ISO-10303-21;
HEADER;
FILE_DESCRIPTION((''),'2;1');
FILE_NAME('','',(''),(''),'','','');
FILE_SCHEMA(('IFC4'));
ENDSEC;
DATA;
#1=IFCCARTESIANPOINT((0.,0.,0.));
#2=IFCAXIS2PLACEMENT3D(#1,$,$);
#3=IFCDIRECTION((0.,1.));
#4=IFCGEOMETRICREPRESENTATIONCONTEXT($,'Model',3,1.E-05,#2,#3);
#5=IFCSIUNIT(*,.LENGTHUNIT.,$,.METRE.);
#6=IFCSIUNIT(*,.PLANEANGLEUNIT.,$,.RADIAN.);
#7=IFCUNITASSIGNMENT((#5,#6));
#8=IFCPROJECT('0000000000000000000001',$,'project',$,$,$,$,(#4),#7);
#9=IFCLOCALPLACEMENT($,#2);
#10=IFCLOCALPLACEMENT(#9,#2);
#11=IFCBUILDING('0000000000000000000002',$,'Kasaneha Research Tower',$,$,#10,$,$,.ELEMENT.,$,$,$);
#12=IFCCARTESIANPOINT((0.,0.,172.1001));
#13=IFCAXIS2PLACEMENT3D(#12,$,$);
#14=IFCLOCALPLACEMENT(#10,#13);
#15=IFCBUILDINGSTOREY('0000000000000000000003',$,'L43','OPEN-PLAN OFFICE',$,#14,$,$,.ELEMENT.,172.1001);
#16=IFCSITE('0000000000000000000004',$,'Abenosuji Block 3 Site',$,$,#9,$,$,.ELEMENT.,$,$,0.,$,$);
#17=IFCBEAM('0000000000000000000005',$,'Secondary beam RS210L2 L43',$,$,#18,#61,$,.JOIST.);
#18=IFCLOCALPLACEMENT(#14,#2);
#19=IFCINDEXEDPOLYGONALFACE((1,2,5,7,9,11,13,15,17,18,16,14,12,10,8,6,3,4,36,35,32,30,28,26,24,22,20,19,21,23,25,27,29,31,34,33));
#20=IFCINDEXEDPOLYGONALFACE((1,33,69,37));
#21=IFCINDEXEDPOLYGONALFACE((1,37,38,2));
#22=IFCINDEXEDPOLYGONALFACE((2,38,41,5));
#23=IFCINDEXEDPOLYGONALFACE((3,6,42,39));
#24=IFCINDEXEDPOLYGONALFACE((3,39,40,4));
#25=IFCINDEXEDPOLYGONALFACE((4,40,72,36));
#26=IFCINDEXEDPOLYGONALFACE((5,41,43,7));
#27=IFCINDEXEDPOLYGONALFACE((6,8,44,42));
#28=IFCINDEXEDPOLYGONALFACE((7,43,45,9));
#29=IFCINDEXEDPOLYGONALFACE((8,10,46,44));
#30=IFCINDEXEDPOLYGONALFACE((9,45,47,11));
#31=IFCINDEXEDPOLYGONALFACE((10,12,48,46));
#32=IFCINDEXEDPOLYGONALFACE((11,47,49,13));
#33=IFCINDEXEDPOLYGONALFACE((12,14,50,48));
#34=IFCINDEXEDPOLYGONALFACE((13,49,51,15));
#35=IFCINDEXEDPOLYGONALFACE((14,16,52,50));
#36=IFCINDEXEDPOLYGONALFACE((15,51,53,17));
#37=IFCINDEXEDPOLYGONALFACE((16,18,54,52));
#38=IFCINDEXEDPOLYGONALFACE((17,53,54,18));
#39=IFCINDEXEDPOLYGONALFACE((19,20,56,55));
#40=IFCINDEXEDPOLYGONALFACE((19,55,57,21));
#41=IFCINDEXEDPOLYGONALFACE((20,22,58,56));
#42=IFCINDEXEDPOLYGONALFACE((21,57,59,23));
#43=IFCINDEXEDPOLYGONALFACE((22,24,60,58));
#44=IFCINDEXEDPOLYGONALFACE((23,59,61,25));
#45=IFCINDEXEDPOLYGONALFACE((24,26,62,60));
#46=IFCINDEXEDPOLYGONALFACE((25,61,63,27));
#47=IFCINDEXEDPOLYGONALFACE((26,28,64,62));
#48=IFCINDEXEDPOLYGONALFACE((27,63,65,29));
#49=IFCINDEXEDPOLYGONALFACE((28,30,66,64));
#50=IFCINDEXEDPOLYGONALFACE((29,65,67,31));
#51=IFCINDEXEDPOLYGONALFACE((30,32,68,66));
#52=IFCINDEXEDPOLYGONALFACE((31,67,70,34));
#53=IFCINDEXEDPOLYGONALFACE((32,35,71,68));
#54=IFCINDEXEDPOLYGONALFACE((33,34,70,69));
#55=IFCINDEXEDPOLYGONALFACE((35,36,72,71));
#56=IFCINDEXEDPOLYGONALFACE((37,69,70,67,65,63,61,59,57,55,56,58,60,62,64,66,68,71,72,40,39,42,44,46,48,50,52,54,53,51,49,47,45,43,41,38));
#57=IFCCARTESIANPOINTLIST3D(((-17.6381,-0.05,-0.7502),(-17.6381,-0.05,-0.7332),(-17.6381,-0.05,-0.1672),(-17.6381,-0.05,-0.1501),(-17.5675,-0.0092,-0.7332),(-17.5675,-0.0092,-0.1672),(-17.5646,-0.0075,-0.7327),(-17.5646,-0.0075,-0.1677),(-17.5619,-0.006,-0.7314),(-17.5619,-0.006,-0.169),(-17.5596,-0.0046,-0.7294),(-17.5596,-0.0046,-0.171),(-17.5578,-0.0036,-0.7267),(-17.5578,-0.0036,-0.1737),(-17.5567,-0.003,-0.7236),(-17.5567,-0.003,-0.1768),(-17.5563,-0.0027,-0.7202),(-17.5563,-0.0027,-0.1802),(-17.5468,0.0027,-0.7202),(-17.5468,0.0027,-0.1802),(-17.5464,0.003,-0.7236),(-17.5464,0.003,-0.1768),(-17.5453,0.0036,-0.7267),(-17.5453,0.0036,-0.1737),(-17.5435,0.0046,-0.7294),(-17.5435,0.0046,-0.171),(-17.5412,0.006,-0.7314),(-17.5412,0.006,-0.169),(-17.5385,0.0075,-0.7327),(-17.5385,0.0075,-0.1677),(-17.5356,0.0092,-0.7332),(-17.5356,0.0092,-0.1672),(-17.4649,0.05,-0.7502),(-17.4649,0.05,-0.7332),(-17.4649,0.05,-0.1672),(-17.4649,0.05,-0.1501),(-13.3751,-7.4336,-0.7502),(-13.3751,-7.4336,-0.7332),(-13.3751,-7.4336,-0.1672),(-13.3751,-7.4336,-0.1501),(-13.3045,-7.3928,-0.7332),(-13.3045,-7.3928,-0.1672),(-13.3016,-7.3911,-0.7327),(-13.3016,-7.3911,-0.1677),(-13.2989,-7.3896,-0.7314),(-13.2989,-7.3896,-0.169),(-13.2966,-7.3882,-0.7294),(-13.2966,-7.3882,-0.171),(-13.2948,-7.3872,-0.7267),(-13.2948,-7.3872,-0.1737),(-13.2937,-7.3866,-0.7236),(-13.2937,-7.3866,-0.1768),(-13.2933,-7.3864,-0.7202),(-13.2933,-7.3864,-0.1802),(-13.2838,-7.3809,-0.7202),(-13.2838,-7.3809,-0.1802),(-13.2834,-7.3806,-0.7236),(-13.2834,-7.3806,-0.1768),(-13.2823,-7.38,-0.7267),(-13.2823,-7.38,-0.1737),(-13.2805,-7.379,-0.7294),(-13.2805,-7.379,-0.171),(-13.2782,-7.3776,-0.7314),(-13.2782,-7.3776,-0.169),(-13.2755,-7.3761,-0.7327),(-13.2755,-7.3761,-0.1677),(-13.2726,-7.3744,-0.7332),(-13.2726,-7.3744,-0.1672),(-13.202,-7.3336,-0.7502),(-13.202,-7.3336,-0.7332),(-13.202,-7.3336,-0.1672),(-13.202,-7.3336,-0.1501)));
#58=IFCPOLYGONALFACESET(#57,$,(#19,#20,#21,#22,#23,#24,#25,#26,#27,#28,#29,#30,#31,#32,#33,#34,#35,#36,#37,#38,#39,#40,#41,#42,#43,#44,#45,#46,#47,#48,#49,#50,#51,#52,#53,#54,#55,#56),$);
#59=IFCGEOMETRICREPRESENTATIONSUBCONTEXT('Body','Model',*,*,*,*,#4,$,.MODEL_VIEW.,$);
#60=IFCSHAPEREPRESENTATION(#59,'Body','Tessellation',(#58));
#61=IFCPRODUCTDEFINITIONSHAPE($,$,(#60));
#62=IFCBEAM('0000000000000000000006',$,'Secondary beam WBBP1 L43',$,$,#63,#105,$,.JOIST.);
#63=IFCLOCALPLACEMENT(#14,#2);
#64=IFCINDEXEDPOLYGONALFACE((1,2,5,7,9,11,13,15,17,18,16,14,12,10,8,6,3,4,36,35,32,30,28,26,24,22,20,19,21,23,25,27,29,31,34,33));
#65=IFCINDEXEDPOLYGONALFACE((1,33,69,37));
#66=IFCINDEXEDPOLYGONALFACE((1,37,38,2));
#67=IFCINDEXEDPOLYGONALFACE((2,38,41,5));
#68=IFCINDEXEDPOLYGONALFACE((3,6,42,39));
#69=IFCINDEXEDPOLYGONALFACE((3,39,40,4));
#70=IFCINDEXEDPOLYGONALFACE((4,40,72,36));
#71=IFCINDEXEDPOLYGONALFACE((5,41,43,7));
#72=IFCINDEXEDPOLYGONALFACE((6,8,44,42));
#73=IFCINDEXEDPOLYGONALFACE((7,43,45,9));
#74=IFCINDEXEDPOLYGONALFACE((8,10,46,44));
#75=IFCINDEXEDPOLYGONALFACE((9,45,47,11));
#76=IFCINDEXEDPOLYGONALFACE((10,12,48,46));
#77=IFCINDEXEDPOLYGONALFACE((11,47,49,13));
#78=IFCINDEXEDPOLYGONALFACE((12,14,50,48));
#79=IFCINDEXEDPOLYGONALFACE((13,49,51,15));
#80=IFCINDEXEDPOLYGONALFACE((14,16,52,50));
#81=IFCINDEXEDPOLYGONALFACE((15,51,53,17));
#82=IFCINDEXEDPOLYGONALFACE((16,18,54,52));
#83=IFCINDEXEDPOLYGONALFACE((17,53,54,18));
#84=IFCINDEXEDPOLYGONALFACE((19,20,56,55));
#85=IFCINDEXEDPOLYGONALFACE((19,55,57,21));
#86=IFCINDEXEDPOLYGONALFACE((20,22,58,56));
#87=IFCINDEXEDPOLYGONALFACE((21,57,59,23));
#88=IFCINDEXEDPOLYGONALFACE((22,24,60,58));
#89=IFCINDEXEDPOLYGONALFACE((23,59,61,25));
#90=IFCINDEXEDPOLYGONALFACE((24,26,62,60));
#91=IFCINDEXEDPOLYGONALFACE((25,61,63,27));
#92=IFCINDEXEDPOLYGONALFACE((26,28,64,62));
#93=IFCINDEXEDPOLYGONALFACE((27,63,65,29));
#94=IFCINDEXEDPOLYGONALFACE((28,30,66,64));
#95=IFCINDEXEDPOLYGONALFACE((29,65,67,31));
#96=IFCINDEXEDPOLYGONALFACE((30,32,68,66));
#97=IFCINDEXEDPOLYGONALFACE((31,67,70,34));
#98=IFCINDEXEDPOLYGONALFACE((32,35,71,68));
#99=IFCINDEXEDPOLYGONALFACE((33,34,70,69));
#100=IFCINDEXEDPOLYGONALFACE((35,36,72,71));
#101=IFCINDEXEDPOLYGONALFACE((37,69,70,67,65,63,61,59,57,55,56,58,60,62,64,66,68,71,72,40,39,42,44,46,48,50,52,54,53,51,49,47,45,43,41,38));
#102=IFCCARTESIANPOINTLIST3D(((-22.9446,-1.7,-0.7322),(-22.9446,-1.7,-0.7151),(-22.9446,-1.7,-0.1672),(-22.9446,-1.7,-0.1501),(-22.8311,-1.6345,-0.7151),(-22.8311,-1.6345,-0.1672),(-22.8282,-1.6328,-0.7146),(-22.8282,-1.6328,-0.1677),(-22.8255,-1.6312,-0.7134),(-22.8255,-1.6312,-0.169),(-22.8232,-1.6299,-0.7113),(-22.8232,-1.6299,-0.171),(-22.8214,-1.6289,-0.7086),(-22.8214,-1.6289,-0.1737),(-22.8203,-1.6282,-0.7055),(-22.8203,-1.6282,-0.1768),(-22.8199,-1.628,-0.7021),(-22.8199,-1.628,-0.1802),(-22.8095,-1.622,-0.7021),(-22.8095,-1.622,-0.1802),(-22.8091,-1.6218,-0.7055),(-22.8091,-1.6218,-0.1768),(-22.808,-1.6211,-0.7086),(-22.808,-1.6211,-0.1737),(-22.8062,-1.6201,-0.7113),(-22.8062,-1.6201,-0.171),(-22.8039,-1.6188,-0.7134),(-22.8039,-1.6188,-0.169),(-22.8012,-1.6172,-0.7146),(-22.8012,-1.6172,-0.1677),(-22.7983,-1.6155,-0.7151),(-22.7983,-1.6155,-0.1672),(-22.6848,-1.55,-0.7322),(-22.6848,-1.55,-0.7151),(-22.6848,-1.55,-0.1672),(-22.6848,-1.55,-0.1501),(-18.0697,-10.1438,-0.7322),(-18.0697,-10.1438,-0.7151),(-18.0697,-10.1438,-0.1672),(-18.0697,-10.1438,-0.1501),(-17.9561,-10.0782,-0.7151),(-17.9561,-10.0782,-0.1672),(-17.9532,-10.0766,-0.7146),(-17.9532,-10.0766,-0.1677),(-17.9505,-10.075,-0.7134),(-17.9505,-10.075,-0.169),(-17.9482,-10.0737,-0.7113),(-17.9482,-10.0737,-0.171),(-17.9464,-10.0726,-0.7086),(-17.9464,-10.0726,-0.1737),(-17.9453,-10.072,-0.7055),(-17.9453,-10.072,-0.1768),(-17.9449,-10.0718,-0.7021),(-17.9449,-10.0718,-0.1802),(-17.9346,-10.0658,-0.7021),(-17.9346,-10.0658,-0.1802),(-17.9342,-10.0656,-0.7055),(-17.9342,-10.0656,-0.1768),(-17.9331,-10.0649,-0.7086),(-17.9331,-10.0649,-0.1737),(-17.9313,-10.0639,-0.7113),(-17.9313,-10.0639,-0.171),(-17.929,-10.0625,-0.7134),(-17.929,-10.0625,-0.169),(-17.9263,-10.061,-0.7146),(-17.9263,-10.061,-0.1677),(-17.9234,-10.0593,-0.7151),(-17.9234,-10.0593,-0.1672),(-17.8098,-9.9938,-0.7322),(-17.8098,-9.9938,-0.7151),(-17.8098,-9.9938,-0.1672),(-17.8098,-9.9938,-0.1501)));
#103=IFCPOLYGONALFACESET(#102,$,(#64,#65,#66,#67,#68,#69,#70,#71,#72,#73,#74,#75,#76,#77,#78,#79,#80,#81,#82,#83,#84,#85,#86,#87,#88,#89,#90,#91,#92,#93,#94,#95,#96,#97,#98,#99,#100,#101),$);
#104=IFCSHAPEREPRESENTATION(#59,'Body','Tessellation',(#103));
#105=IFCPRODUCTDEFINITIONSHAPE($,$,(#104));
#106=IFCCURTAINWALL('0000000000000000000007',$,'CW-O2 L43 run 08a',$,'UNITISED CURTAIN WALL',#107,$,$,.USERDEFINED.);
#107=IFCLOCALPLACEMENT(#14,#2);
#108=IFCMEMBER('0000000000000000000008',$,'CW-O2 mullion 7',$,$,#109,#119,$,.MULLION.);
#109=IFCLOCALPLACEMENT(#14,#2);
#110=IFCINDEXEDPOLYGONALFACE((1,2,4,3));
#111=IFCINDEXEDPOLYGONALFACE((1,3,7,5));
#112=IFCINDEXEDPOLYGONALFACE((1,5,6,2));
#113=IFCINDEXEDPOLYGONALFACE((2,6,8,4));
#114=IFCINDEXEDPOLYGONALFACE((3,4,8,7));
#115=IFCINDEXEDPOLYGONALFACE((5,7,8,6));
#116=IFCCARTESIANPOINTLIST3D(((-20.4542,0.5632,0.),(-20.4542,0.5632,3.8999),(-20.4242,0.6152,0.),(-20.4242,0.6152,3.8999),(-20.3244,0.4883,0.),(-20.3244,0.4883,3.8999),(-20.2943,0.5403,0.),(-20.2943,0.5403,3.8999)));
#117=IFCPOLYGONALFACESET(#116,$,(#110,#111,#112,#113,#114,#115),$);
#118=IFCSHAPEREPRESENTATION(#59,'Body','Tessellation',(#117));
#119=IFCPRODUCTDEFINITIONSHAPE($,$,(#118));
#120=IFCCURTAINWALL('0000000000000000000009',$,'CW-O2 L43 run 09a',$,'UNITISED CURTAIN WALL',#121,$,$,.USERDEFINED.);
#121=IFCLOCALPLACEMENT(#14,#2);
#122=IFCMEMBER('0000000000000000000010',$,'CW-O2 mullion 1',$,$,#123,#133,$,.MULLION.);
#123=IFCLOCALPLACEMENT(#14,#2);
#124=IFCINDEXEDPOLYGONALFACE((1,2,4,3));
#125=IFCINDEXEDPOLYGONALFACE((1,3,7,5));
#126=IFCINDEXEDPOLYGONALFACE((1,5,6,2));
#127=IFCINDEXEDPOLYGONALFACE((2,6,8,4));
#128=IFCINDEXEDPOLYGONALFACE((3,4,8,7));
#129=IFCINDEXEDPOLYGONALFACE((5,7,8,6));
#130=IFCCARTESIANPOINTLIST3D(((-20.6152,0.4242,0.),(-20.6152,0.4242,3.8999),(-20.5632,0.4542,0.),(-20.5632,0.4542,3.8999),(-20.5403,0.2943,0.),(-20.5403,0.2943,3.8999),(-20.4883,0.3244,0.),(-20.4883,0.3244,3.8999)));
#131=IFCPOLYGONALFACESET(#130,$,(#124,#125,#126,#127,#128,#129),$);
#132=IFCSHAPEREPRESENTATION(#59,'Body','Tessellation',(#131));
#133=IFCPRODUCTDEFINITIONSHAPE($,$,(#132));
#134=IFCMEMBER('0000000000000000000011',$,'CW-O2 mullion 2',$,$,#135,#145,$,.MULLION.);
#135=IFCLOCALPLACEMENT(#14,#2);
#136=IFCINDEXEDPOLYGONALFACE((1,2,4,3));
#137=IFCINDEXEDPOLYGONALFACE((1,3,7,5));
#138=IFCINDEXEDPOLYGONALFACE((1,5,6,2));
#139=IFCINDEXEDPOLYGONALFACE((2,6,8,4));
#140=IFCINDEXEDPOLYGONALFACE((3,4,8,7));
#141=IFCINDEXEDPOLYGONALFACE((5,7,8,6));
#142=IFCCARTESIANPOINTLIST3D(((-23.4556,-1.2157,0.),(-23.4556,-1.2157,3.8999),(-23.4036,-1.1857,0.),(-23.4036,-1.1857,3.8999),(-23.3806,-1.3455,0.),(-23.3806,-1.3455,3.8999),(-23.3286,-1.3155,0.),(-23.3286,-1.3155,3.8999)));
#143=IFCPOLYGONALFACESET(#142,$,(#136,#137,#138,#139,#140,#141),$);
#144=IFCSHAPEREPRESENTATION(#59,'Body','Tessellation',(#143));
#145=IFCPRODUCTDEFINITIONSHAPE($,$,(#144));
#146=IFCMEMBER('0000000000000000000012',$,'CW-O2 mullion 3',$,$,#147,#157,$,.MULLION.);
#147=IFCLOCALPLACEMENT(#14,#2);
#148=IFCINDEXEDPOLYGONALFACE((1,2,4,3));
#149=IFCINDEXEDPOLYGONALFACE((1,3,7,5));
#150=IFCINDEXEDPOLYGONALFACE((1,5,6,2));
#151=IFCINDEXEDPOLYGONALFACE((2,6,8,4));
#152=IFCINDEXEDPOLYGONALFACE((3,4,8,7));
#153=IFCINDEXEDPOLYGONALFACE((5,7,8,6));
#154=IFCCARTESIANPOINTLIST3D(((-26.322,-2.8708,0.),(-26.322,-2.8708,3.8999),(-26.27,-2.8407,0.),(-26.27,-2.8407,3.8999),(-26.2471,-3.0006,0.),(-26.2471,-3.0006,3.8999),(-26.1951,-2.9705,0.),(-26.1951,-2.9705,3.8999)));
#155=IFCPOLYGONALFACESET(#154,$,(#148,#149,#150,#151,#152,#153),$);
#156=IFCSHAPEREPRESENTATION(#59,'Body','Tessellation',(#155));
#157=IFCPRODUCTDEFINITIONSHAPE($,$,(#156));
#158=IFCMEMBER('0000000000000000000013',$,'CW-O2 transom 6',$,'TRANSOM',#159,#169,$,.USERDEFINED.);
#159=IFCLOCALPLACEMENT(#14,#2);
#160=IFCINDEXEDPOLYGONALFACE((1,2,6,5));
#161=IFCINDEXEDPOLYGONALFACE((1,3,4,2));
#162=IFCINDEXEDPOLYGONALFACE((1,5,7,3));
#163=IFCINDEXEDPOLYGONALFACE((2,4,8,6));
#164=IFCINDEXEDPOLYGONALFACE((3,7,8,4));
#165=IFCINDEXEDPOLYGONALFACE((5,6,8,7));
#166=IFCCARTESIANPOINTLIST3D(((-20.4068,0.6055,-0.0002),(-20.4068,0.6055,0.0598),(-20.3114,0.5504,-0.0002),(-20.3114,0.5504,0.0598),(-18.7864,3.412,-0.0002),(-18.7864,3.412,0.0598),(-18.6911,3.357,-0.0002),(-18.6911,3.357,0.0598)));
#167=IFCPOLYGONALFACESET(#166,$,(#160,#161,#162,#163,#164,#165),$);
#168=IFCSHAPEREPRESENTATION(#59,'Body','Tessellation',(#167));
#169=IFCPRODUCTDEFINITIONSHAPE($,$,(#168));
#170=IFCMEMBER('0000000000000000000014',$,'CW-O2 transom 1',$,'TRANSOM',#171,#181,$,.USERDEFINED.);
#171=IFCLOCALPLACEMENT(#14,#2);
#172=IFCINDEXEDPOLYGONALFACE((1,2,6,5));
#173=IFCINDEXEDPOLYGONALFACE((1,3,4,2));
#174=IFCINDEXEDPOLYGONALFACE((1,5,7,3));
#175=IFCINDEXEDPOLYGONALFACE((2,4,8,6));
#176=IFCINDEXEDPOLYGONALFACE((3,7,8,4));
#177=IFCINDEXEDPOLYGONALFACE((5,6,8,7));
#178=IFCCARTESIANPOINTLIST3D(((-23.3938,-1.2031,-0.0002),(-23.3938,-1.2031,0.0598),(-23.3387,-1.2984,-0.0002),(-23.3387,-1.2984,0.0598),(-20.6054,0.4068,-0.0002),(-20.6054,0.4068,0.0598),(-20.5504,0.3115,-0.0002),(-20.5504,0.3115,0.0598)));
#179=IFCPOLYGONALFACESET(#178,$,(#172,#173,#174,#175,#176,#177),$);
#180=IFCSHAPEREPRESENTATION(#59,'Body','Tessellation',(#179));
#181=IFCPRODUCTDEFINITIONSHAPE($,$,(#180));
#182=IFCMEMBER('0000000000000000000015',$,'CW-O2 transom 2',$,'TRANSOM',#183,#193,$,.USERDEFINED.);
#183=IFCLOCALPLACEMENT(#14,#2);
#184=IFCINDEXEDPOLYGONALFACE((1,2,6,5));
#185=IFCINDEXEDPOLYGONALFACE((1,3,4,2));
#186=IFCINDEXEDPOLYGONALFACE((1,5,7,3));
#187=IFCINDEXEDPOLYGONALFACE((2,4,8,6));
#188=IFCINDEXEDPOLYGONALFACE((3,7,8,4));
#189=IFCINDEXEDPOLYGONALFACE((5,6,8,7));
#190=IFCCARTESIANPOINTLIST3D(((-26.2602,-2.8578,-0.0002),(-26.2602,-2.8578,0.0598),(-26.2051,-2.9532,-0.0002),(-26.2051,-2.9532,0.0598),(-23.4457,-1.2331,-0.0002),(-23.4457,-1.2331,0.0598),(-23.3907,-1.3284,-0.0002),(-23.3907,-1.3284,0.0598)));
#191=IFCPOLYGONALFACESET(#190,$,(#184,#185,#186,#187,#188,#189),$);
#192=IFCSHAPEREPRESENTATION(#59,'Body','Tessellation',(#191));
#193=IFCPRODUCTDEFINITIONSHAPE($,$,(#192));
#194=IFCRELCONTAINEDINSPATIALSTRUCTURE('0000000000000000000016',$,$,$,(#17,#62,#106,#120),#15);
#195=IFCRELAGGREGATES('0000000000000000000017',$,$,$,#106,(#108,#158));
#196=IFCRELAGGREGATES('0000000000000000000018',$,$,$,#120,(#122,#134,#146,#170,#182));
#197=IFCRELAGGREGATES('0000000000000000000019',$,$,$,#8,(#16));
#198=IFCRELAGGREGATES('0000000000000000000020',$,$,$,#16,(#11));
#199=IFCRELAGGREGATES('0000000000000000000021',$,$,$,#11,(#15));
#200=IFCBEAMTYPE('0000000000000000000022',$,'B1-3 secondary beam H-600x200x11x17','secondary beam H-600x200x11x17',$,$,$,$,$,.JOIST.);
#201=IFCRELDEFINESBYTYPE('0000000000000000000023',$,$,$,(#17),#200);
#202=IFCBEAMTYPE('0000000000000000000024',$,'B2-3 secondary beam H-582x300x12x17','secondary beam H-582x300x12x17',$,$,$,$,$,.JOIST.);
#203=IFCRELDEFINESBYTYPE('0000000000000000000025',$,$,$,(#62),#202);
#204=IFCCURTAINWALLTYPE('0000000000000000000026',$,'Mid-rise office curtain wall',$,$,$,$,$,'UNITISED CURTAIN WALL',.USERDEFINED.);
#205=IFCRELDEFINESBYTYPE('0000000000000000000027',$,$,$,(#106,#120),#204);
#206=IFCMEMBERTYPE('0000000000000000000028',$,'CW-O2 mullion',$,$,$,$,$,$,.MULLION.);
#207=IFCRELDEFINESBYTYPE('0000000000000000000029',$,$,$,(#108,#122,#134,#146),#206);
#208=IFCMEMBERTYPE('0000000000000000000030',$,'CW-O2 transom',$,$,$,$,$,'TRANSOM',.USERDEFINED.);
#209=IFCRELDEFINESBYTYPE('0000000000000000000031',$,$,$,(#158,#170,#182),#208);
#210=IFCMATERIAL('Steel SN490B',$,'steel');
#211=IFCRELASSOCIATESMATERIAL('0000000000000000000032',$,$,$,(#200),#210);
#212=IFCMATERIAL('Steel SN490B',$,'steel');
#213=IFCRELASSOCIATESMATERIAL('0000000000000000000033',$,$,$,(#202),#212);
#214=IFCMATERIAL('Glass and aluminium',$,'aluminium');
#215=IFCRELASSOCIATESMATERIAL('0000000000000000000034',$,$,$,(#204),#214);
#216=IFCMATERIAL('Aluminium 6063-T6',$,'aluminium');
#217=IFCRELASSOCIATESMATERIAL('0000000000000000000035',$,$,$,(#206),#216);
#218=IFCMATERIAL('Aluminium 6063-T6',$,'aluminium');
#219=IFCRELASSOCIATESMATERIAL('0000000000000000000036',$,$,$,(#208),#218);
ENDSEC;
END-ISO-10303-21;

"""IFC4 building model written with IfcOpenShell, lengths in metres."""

from ifc_helpers import new_model, si_unit, direction, frame, origin, origin_2d, place, context, subcontext, project, spatial, rectangle, i_section, extrude, material, material_profile, profile_set, type_object, element, aggregate, save


model = new_model("IFC4")

# Units and contexts
model_context = context("Model", 3, precision=1e-05, world=origin(), true_north=direction((0.0, 1.0)))
body_context = subcontext(model_context, "Body", "Model", "MODEL_VIEW")
ifc_project = project(units=[si_unit("LENGTHUNIT", "METRE"), si_unit("PLANEANGLEUNIT", "RADIAN")], contexts=[model_context])

# Site, building, storey
site_placement = place(None, origin())
site = spatial("IfcSite", under=ifc_project, at=site_placement, Name="Abenosuji Block 3 Site", CompositionType="ELEMENT", RefElevation=0.0)
building_placement = place(site_placement, origin())
building = spatial("IfcBuilding", under=site, at=building_placement, Name="Kasaneha Research Tower", CompositionType="ELEMENT")
storey_placement = place(building_placement, frame((0.0, 0.0, 172.1001)))
storey = spatial("IfcBuildingStorey", under=building, at=storey_placement, Name="L43", Description="OPEN-PLAN OFFICE", CompositionType="ELEMENT", Elevation=172.1001)

# Beams
ifc_material_1 = material(Name="Steel SN490B", Category="steel")
ifc_material_profile_1 = material_profile(ifc_material_1, i_section(OverallWidth=0.2, OverallDepth=0.6001, WebThickness=0.011, FlangeThickness=0.0171, FilletRadius=0.0129, at=origin_2d()), Name="H-600x200x11x17")
ifc_profile_set_1 = profile_set([ifc_material_profile_1], Name="Steel SN490B")
beam_type_1 = type_object("IfcBeamType", Name="B1-3 secondary beam H-600x200x11x17", Description="secondary beam H-600x200x11x17", PredefinedType="JOIST", material=ifc_profile_set_1)
beam_1_placement = place(storey_placement, frame((-17.5515, 0.0, -0.4502), z_axis=(0.500004, -0.866023, 0.0), x_axis=(0.866023, 0.500004, 0.0)))
element("IfcBeam", 1, at=beam_1_placement, inside=storey, type_object=beam_type_1, Name="Secondary beam RS210L2 L43", PredefinedType="JOIST", context=body_context, shape_type="SweptSolid", body=[
    extrude(i_section(OverallWidth=0.2, OverallDepth=0.6001, WebThickness=0.011, FlangeThickness=0.0171, FilletRadius=0.0129, at=origin_2d()), origin(), (0.0, 0.0, 1.0), 8.5259),
])
ifc_material_2 = material(Name="Steel SN490B", Category="steel")
ifc_material_profile_2 = material_profile(ifc_material_2, i_section(OverallWidth=0.3, OverallDepth=0.582, WebThickness=0.012, FlangeThickness=0.0171, FilletRadius=0.0129, at=origin_2d()), Name="H-582x300x12x17")
ifc_profile_set_2 = profile_set([ifc_material_profile_2], Name="Steel SN490B")
beam_type_2 = type_object("IfcBeamType", Name="B2-3 secondary beam H-582x300x12x17", Description="secondary beam H-582x300x12x17", PredefinedType="JOIST", material=ifc_profile_set_2)
beam_2_placement = place(storey_placement, frame((-22.8147, -1.625, -0.4412), z_axis=(0.499996, -0.866028, 0.0), x_axis=(0.866028, 0.499996, 0.0)))
element("IfcBeam", 2, at=beam_2_placement, inside=storey, type_object=beam_type_2, Name="Secondary beam WBBP1 L43", PredefinedType="JOIST", context=body_context, shape_type="SweptSolid", body=[
    extrude(i_section(OverallWidth=0.3, OverallDepth=0.582, WebThickness=0.012, FlangeThickness=0.0171, FilletRadius=0.0129, at=origin_2d()), origin(), (0.0, 0.0, 1.0), 9.75),
])

# Curtain wall, member
ifc_material_3 = material(Name="Glass and aluminium", Category="aluminium")
curtain_wall_type = type_object("IfcCurtainWallType", Name="Mid-rise office curtain wall", ElementType="UNITISED CURTAIN WALL", PredefinedType="USERDEFINED", material=ifc_material_3)
curtain_wall_1_placement = place(storey_placement, origin())
curtain_wall_1 = element("IfcCurtainWall", 3, at=curtain_wall_1_placement, inside=storey, type_object=curtain_wall_type, Name="CW-O2 L43 run 08a", ObjectType="UNITISED CURTAIN WALL", PredefinedType="USERDEFINED")
ifc_material_4 = material(Name="Aluminium 6063-T6", Category="aluminium")
ifc_material_profile_3 = material_profile(ifc_material_4, rectangle(XDim=0.0601, YDim=0.1499, at=origin_2d()), Name="CW-O2 mullion 60x150")
ifc_profile_set_3 = profile_set([ifc_material_profile_3], Name="Aluminium 6063-T6")
member_type_1 = type_object("IfcMemberType", Name="CW-O2 mullion", PredefinedType="MULLION", material=ifc_profile_set_3)
member_1_placement = place(storey_placement, frame((-20.3743, 0.5518, 0.0), z_axis=(0.0, 0.0, 1.0), x_axis=(-0.5, -0.866025, 0.0)))
member_1 = element("IfcMember", 4, at=member_1_placement, type_object=member_type_1, Name="CW-O2 mullion 7", PredefinedType="MULLION", context=body_context, shape_type="SweptSolid", body=[
    extrude(rectangle(XDim=0.0601, YDim=0.1499, at=origin_2d()), origin(), (0.0, 0.0, 1.0), 3.8999),
])

# Curtain wall, members
curtain_wall_2_placement = place(storey_placement, origin())
curtain_wall_2 = element("IfcCurtainWall", 5, at=curtain_wall_2_placement, inside=storey, type_object=curtain_wall_type, Name="CW-O2 L43 run 09a", ObjectType="UNITISED CURTAIN WALL", PredefinedType="USERDEFINED")
member_2_placement = place(storey_placement, frame((-20.5518, 0.3743, 0.0), z_axis=(0.0, 0.0, 1.0), x_axis=(-0.866025, -0.5, 0.0)))
member_2 = element("IfcMember", 6, at=member_2_placement, type_object=member_type_1, Name="CW-O2 mullion 1", PredefinedType="MULLION", context=body_context, shape_type="SweptSolid", body=[
    extrude(rectangle(XDim=0.0601, YDim=0.1499, at=origin_2d()), origin(), (0.0, 0.0, 1.0), 3.8999),
])
member_3_placement = place(storey_placement, frame((-23.3921, -1.2656, 0.0), z_axis=(0.0, 0.0, 1.0), x_axis=(-0.866025, -0.5, 0.0)))
member_3 = element("IfcMember", 7, at=member_3_placement, type_object=member_type_1, Name="CW-O2 mullion 2", PredefinedType="MULLION", context=body_context, shape_type="SweptSolid", body=[
    extrude(rectangle(XDim=0.0601, YDim=0.1499, at=origin_2d()), origin(), (0.0, 0.0, 1.0), 3.8999),
])
member_4_placement = place(storey_placement, frame((-26.2585, -2.9207, 0.0), z_axis=(0.0, 0.0, 1.0), x_axis=(-0.866025, -0.5, 0.0)))
member_4 = element("IfcMember", 8, at=member_4_placement, type_object=member_type_1, Name="CW-O2 mullion 3", PredefinedType="MULLION", context=body_context, shape_type="SweptSolid", body=[
    extrude(rectangle(XDim=0.0601, YDim=0.1499, at=origin_2d()), origin(), (0.0, 0.0, 1.0), 3.8999),
])

# Members
ifc_material_5 = material(Name="Aluminium 6063-T6", Category="aluminium")
ifc_material_profile_4 = material_profile(ifc_material_5, rectangle(XDim=0.1101, YDim=0.0601, at=origin_2d()), Name="CW-O2 transom 110x60")
ifc_profile_set_4 = profile_set([ifc_material_profile_4], Name="Aluminium 6063-T6")
member_type_2 = type_object("IfcMemberType", Name="CW-O2 transom", ElementType="TRANSOM", PredefinedType="USERDEFINED", material=ifc_profile_set_4)
member_5_placement = place(storey_placement, frame((-18.7388, 3.3845, 0.0298), z_axis=(-0.499988, -0.866033, 0.0), x_axis=(0.866033, -0.499988, 0.0)))
member_5 = element("IfcMember", 9, at=member_5_placement, type_object=member_type_2, Name="CW-O2 transom 6", ObjectType="TRANSOM", PredefinedType="USERDEFINED", context=body_context, shape_type="SweptSolid", body=[
    extrude(rectangle(XDim=0.1101, YDim=0.0601, at=origin_2d()), origin(), (0.0, 0.0, 1.0), 3.2407),
])
member_6_placement = place(storey_placement, frame((-20.5779, 0.3591, 0.0298), z_axis=(-0.866023, -0.500005, 0.0), x_axis=(0.500005, -0.866023, 0.0)))
member_6 = element("IfcMember", 10, at=member_6_placement, type_object=member_type_2, Name="CW-O2 transom 1", ObjectType="TRANSOM", PredefinedType="USERDEFINED", context=body_context, shape_type="SweptSolid", body=[
    extrude(rectangle(XDim=0.1101, YDim=0.0601, at=origin_2d()), origin(), (0.0, 0.0, 1.0), 3.2197),
])
member_7_placement = place(storey_placement, frame((-23.4182, -1.2808, 0.0298), z_axis=(-0.866048, -0.499961, 0.0), x_axis=(0.499961, -0.866048, 0.0)))
member_7 = element("IfcMember", 11, at=member_7_placement, type_object=member_type_2, Name="CW-O2 transom 2", ObjectType="TRANSOM", PredefinedType="USERDEFINED", context=body_context, shape_type="SweptSolid", body=[
    extrude(rectangle(XDim=0.1101, YDim=0.0601, at=origin_2d()), origin(), (0.0, 0.0, 1.0), 3.2498),
])

aggregate(curtain_wall_1, [member_1, member_5])
aggregate(curtain_wall_2, [member_2, member_3, member_4, member_6, member_7])

save(model, "model.ifc")
